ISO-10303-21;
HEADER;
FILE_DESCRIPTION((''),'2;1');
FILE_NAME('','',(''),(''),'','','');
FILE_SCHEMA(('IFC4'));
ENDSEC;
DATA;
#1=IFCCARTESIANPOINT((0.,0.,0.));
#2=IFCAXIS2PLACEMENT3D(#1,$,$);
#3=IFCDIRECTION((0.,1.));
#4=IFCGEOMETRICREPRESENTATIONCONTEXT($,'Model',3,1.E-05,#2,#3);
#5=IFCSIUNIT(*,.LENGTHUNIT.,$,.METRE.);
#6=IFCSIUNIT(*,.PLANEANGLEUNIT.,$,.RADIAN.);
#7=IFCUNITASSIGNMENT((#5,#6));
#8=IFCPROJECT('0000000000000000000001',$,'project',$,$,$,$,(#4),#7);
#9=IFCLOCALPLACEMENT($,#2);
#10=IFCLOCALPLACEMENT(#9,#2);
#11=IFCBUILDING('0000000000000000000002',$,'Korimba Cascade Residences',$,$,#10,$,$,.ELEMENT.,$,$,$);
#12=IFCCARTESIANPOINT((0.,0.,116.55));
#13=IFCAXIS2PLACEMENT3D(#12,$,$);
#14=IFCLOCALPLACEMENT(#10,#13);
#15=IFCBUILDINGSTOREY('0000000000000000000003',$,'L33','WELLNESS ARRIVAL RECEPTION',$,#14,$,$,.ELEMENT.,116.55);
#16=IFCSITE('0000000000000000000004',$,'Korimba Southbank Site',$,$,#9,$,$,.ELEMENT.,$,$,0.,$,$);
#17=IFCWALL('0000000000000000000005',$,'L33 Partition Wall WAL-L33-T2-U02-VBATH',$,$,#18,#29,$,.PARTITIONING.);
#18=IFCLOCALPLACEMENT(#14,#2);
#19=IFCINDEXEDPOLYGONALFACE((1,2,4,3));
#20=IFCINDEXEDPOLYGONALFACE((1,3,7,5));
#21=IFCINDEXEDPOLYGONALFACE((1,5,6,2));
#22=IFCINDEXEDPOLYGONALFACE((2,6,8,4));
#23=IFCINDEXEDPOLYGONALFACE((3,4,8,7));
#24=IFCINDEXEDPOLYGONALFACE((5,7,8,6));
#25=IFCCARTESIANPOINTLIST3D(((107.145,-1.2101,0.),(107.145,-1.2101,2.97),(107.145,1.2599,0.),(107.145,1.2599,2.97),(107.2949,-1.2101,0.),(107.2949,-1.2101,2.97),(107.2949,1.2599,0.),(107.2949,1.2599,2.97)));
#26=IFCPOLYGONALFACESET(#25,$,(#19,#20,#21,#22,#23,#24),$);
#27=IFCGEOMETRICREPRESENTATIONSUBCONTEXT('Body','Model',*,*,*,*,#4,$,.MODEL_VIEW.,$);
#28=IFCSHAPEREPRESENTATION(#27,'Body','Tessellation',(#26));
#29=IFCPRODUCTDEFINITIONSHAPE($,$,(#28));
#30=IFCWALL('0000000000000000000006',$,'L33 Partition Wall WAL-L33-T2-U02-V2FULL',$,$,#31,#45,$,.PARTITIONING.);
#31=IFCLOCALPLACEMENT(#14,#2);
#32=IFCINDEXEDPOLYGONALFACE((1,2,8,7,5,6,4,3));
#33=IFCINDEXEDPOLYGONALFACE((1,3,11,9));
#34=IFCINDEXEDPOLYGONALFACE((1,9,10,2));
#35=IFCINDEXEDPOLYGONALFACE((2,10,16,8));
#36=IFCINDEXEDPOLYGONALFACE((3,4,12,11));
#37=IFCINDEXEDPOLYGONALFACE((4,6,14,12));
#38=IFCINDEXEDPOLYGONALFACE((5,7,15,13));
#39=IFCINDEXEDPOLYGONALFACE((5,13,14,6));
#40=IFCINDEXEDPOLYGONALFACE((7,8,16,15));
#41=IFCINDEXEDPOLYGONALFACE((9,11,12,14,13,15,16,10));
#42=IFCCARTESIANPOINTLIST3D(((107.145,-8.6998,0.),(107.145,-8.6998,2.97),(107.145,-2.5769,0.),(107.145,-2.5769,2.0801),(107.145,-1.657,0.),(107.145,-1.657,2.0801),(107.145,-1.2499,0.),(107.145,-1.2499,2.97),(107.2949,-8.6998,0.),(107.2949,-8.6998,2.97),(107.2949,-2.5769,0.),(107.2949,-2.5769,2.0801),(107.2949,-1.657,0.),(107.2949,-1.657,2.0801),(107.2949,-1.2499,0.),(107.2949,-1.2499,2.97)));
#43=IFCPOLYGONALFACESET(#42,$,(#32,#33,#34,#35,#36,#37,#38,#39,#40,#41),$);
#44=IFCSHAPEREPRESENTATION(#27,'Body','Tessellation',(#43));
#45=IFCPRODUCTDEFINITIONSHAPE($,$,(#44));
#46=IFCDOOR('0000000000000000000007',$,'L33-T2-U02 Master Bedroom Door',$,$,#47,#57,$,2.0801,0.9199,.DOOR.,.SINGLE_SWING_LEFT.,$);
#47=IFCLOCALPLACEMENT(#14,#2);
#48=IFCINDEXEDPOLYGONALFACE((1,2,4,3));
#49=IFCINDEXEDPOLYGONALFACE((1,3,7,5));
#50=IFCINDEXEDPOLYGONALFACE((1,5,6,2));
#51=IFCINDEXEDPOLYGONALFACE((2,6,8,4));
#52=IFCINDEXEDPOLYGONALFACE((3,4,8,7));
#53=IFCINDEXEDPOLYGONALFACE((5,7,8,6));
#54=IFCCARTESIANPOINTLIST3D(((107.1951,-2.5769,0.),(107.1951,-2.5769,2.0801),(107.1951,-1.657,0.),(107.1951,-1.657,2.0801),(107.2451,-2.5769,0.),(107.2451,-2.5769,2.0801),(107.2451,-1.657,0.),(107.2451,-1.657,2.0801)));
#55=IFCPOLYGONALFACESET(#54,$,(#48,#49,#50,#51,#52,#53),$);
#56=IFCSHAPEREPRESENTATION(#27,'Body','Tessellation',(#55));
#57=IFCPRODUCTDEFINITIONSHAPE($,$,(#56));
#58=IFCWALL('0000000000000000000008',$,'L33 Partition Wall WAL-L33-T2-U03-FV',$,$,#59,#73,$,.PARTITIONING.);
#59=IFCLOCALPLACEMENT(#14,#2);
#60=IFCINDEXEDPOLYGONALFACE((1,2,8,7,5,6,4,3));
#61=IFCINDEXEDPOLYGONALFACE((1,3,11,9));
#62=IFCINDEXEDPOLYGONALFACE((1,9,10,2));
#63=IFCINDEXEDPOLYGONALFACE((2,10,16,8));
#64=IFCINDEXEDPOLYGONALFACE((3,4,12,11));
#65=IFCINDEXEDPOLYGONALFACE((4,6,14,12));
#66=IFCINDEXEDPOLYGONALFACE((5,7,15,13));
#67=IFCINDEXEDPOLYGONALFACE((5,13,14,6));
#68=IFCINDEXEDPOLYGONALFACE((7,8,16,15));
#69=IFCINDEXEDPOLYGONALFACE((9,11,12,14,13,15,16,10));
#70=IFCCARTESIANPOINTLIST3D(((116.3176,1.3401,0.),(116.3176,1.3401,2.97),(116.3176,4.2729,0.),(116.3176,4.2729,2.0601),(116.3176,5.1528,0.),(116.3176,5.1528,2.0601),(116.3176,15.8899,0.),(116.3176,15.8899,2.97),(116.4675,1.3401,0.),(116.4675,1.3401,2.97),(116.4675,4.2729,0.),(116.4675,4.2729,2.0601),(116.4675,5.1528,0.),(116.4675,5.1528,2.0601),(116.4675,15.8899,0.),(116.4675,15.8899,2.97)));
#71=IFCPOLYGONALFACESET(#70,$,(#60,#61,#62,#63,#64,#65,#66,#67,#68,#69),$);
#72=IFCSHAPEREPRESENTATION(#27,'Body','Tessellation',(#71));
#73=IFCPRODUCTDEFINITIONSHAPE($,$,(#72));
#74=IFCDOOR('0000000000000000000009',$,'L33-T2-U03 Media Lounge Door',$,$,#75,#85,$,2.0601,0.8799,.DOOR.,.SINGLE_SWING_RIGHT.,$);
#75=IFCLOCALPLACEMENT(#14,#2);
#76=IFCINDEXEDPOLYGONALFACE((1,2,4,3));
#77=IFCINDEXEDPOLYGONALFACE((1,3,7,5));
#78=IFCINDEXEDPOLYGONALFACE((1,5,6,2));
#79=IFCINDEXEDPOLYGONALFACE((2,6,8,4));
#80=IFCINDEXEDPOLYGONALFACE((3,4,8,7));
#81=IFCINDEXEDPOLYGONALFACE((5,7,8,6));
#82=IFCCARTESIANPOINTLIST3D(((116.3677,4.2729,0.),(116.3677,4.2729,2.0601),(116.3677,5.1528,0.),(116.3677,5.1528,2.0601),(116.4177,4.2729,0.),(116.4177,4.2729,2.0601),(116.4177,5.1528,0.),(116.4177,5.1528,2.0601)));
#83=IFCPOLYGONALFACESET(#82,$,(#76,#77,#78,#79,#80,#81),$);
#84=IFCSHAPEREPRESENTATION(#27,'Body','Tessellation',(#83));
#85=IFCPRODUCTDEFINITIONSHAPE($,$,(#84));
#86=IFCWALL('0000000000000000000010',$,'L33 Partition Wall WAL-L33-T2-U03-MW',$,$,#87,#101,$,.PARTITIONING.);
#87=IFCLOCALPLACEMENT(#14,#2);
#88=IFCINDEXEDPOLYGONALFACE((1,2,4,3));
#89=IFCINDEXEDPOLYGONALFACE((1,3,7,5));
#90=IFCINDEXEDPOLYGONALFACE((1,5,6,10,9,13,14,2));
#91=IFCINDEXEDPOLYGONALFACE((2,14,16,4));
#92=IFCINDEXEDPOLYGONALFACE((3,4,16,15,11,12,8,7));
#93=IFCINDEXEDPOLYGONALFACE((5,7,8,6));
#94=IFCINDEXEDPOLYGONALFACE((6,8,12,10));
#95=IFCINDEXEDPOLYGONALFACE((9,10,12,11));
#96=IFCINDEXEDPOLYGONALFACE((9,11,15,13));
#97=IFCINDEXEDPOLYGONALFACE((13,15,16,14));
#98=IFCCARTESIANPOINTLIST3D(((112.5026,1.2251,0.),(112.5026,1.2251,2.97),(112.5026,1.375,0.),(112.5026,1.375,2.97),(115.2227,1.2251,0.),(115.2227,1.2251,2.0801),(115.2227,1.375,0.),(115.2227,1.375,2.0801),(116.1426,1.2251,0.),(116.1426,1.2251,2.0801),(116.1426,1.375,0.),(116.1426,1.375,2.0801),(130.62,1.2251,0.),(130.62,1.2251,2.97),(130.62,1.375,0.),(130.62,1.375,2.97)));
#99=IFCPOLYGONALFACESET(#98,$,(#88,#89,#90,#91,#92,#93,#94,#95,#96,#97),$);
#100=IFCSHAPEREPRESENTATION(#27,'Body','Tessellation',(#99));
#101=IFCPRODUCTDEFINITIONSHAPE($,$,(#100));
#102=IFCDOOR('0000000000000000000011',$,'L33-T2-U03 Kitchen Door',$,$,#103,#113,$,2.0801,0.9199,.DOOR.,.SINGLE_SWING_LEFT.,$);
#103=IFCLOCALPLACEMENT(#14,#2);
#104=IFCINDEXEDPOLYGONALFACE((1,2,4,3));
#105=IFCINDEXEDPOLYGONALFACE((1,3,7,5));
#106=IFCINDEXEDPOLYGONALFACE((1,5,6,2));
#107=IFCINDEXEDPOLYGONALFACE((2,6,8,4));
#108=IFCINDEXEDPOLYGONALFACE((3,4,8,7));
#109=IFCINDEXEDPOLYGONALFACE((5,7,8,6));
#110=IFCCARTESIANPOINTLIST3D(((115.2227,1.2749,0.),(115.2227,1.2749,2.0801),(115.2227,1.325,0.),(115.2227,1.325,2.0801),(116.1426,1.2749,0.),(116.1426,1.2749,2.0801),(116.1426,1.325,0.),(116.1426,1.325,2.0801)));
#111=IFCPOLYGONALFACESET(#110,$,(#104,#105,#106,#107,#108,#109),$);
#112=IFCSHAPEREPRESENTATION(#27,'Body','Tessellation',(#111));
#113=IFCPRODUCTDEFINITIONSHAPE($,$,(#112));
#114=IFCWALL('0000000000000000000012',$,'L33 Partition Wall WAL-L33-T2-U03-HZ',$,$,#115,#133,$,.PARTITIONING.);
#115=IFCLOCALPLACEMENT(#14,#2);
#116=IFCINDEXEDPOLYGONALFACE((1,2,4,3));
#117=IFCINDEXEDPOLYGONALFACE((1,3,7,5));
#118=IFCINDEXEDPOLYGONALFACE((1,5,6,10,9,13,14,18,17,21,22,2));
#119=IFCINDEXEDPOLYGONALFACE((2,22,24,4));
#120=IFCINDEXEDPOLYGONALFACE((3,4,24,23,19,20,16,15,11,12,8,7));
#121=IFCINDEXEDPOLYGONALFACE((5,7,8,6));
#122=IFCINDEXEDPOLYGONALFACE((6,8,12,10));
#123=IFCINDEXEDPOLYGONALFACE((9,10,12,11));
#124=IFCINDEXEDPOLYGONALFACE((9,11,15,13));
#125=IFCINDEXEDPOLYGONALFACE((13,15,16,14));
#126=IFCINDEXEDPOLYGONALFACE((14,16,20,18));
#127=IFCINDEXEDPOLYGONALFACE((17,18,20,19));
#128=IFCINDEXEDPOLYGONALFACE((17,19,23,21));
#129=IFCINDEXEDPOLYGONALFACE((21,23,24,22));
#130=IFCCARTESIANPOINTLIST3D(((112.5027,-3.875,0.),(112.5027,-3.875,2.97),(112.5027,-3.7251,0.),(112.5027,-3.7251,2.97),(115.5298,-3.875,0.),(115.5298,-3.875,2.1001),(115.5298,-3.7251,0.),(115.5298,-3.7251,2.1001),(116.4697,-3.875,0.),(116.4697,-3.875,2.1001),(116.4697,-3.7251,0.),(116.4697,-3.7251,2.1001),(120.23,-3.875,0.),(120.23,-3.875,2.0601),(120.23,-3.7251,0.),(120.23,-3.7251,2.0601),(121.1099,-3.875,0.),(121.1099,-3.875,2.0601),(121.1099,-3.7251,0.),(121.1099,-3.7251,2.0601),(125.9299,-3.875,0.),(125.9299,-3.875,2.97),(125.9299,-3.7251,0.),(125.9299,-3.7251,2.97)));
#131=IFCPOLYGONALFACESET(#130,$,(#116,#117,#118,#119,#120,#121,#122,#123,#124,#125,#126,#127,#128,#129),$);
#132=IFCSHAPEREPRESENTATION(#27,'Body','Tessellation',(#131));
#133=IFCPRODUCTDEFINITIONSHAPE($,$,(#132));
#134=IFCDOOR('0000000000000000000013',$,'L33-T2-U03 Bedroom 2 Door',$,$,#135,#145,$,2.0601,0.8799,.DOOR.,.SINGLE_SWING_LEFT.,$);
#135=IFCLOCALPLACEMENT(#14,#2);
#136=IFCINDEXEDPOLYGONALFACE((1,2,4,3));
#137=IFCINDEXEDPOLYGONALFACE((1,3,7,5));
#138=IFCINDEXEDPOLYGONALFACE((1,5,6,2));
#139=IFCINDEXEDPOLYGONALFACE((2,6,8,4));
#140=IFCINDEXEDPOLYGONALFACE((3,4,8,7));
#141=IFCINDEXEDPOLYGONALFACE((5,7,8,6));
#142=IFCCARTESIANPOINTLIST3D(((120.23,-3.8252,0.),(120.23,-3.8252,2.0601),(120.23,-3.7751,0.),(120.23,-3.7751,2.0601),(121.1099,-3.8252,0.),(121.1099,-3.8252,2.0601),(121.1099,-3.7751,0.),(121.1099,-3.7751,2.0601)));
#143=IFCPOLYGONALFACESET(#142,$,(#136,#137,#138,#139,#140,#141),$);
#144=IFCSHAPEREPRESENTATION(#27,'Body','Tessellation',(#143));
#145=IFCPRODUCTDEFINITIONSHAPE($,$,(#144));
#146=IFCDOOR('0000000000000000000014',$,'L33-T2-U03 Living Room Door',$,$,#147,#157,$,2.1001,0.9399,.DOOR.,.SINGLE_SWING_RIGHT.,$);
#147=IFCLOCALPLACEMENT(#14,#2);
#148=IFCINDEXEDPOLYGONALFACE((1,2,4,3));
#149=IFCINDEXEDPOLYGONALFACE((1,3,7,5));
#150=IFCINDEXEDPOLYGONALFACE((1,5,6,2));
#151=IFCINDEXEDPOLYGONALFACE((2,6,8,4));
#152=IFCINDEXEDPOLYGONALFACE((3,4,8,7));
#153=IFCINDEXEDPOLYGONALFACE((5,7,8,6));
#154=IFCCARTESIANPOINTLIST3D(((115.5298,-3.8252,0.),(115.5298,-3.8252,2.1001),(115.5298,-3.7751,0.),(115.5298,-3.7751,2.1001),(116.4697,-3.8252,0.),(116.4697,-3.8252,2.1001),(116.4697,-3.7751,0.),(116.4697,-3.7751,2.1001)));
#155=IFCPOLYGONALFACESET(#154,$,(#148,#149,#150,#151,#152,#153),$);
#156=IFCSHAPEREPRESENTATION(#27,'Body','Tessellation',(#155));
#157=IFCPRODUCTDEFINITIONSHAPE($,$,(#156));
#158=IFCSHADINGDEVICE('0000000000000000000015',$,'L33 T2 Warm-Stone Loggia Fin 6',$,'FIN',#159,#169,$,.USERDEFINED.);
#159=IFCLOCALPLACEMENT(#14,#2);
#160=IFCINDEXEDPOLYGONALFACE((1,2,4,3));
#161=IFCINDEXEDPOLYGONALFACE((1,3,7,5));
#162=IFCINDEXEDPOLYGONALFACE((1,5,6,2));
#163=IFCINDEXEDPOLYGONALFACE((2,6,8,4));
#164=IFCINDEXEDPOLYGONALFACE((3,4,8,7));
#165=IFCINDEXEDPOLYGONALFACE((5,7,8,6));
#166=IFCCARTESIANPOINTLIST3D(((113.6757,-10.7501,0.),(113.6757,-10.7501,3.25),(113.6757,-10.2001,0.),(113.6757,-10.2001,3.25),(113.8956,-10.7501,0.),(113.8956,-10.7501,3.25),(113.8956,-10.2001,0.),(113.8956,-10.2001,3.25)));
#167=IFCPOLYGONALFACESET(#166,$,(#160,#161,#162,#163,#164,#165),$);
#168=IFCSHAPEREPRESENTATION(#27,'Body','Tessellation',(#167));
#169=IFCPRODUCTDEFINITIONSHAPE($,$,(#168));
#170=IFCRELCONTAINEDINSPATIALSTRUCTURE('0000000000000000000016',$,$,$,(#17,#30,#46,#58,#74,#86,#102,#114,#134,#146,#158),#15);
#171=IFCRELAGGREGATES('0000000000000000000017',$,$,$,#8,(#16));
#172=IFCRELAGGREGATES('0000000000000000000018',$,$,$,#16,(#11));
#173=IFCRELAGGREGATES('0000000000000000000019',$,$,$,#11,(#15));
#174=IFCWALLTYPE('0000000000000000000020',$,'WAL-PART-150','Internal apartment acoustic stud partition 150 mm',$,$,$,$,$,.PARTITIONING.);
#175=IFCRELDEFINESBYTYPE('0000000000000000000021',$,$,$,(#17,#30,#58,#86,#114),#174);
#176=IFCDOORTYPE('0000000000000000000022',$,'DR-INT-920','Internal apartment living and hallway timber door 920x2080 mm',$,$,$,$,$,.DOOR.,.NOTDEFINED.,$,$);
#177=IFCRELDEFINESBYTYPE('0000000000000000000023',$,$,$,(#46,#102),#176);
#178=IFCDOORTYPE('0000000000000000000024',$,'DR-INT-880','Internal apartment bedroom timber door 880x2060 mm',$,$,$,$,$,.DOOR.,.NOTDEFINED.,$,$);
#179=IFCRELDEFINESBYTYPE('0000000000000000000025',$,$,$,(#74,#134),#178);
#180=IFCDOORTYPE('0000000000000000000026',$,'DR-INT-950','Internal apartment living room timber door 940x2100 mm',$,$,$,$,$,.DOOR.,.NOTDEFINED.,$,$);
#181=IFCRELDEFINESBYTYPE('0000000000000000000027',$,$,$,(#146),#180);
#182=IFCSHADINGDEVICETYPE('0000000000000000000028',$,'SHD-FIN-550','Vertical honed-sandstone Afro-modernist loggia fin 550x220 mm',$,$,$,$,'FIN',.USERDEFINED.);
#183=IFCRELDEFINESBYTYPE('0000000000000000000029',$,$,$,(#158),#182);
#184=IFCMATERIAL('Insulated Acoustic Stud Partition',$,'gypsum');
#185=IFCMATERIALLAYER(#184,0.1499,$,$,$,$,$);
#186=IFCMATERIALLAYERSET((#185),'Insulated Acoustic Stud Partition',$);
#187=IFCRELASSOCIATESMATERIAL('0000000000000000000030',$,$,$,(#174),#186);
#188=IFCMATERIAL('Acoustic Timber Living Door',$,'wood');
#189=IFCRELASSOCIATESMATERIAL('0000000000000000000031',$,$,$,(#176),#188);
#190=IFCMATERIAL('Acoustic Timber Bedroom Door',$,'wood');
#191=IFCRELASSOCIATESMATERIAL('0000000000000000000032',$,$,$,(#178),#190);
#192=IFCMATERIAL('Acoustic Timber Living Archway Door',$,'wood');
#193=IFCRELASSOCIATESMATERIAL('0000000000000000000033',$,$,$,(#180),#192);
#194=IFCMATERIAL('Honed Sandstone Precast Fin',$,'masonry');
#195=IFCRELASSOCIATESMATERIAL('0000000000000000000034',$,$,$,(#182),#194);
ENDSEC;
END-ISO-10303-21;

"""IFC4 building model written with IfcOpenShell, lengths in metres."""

from ifc_helpers import new_model, si_unit, direction, frame, frame_2d, origin, origin_2d, place, context, subcontext, project, spatial, rectangle, extrude, material, layer, layer_set, type_object, element, fill, save


model = new_model("IFC4")

# Units and contexts
model_context = context("Model", 3, precision=1e-05, world=origin(), true_north=direction((0.0, 1.0)))
body_context = subcontext(model_context, "Body", "Model", "MODEL_VIEW")
ifc_project = project(units=[si_unit("LENGTHUNIT", "METRE"), si_unit("PLANEANGLEUNIT", "RADIAN")], contexts=[model_context])

# Site, building, storey
site_placement = place(None, origin())
site = spatial("IfcSite", under=ifc_project, at=site_placement, Name="Korimba Southbank Site", CompositionType="ELEMENT", RefElevation=0.0)
building_placement = place(site_placement, origin())
building = spatial("IfcBuilding", under=site, at=building_placement, Name="Korimba Cascade Residences", CompositionType="ELEMENT")
storey_placement = place(building_placement, frame((0.0, 0.0, 116.55)))
storey = spatial("IfcBuildingStorey", under=building, at=storey_placement, Name="L33", Description="WELLNESS ARRIVAL RECEPTION", CompositionType="ELEMENT", Elevation=116.55)

# Wall
ifc_material_1 = material(Name="Insulated Acoustic Stud Partition", Category="gypsum")
ifc_layer_1 = layer(ifc_material_1, 0.1499)
ifc_layer_set_1 = layer_set([ifc_layer_1], Name="Insulated Acoustic Stud Partition")
wall_type_1 = type_object("IfcWallType", Name="WAL-PART-150", Description="Internal apartment acoustic stud partition 150 mm", PredefinedType="PARTITIONING", material=ifc_layer_set_1)
wall_1_placement = place(storey_placement, frame((107.22, -1.21, 0.0), z_axis=(0.0, 0.0, 1.0), x_axis=(0.0, 1.0, 0.0)))
element("IfcWall", 1, at=wall_1_placement, inside=storey, type_object=wall_type_1, Name="L33 Partition Wall WAL-L33-T2-U02-VBATH", PredefinedType="PARTITIONING", context=body_context, shape_type="SweptSolid", body=[
    extrude(rectangle(XDim=2.47, YDim=0.1499, at=frame_2d((1.2349, 0.0))), origin(), (0.0, 0.0, 1.0), 2.97),
])

# Walls, openings, doors
wall_2_placement = place(storey_placement, frame((107.22, -8.7, 0.0), z_axis=(0.0, 0.0, 1.0), x_axis=(0.0, 1.0, 0.0)))
wall_2 = element("IfcWall", 2, at=wall_2_placement, inside=storey, type_object=wall_type_1, Name="L33 Partition Wall WAL-L33-T2-U02-V2FULL", PredefinedType="PARTITIONING", context=body_context, shape_type="SweptSolid", body=[
    extrude(rectangle(XDim=7.45, YDim=0.1499, at=frame_2d((3.7251, 0.0))), origin(), (0.0, 0.0, 1.0), 2.97),
])
opening_1_placement = place(wall_2_placement, frame((6.123, 0.0, 0.0)))
opening_1 = element("IfcOpeningElement", 3, at=opening_1_placement, cuts=wall_2, PredefinedType="OPENING", context=body_context, shape_type="SweptSolid", body=[
    extrude(rectangle(XDim=0.9199, YDim=2.0801, at=frame_2d((0.46, 1.04))), frame((0.0, 0.085, 0.0), z_axis=(0.0, -1.0, 0.0), x_axis=(1.0, 0.0, 0.0)), (0.0, 0.0, 1.0), 0.1699),
])
ifc_material_2 = material(Name="Acoustic Timber Living Door", Category="wood")
door_type_1 = type_object("IfcDoorType", Name="DR-INT-920", Description="Internal apartment living and hallway timber door 920x2080 mm", OperationType="NOTDEFINED", PredefinedType="DOOR", material=ifc_material_2)
door_1_placement = place(opening_1_placement, origin())
door_1 = element("IfcDoor", 4, at=door_1_placement, inside=storey, type_object=door_type_1, Name="L33-T2-U02 Master Bedroom Door", OperationType="SINGLE_SWING_LEFT", OverallHeight=2.0801, OverallWidth=0.9199, PredefinedType="DOOR", context=body_context, shape_type="SweptSolid", body=[
    extrude(rectangle(XDim=0.9199, YDim=2.0801, at=frame_2d((0.46, 1.04))), frame((0.0, 0.0249, 0.0), z_axis=(0.0, -1.0, 0.0), x_axis=(1.0, 0.0, 0.0)), (0.0, 0.0, 1.0), 0.05),
])
fill(opening_1, door_1)
wall_3_placement = place(storey_placement, frame((116.3926, 1.3401, 0.0), z_axis=(0.0, 0.0, 1.0), x_axis=(0.0, 1.0, 0.0)))
wall_3 = element("IfcWall", 5, at=wall_3_placement, inside=storey, type_object=wall_type_1, Name="L33 Partition Wall WAL-L33-T2-U03-FV", PredefinedType="PARTITIONING", context=body_context, shape_type="SweptSolid", body=[
    extrude(rectangle(XDim=14.5498, YDim=0.1499, at=frame_2d((7.2749, 0.0))), origin(), (0.0, 0.0, 1.0), 2.97),
])
opening_2_placement = place(wall_3_placement, frame((2.9329, 0.0, 0.0)))
opening_2 = element("IfcOpeningElement", 6, at=opening_2_placement, cuts=wall_3, PredefinedType="OPENING", context=body_context, shape_type="SweptSolid", body=[
    extrude(rectangle(XDim=0.8799, YDim=2.0601, at=frame_2d((0.4399, 1.03))), frame((0.0, 0.085, 0.0), z_axis=(0.0, -1.0, 0.0), x_axis=(1.0, 0.0, 0.0)), (0.0, 0.0, 1.0), 0.1699),
])
ifc_material_3 = material(Name="Acoustic Timber Bedroom Door", Category="wood")
door_type_2 = type_object("IfcDoorType", Name="DR-INT-880", Description="Internal apartment bedroom timber door 880x2060 mm", OperationType="NOTDEFINED", PredefinedType="DOOR", material=ifc_material_3)
door_2_placement = place(opening_2_placement, origin())
door_2 = element("IfcDoor", 7, at=door_2_placement, inside=storey, type_object=door_type_2, Name="L33-T2-U03 Media Lounge Door", OperationType="SINGLE_SWING_RIGHT", OverallHeight=2.0601, OverallWidth=0.8799, PredefinedType="DOOR", context=body_context, shape_type="SweptSolid", body=[
    extrude(rectangle(XDim=0.8799, YDim=2.0601, at=frame_2d((0.4399, 1.03))), frame((0.0, 0.0249, 0.0), z_axis=(0.0, -1.0, 0.0), x_axis=(1.0, 0.0, 0.0)), (0.0, 0.0, 1.0), 0.05),
])
fill(opening_2, door_2)
wall_4_placement = place(storey_placement, frame((112.5027, 1.3, 0.0), z_axis=(0.0, 0.0, 1.0), x_axis=(1.0, 0.0, 0.0)))
wall_4 = element("IfcWall", 8, at=wall_4_placement, inside=storey, type_object=wall_type_1, Name="L33 Partition Wall WAL-L33-T2-U03-MW", PredefinedType="PARTITIONING", context=body_context, shape_type="SweptSolid", body=[
    extrude(rectangle(XDim=18.1174, YDim=0.1499, at=frame_2d((9.0586, 0.0))), origin(), (0.0, 0.0, 1.0), 2.97),
])
opening_3_placement = place(wall_4_placement, frame((2.72, 0.0, 0.0)))
opening_3 = element("IfcOpeningElement", 9, at=opening_3_placement, cuts=wall_4, PredefinedType="OPENING", context=body_context, shape_type="SweptSolid", body=[
    extrude(rectangle(XDim=0.9199, YDim=2.0801, at=frame_2d((0.46, 1.04))), frame((0.0, 0.085, 0.0), z_axis=(0.0, -1.0, 0.0), x_axis=(1.0, 0.0, 0.0)), (0.0, 0.0, 1.0), 0.1699),
])
door_3_placement = place(opening_3_placement, origin())
door_3 = element("IfcDoor", 10, at=door_3_placement, inside=storey, type_object=door_type_1, Name="L33-T2-U03 Kitchen Door", OperationType="SINGLE_SWING_LEFT", OverallHeight=2.0801, OverallWidth=0.9199, PredefinedType="DOOR", context=body_context, shape_type="SweptSolid", body=[
    extrude(rectangle(XDim=0.9199, YDim=2.0801, at=frame_2d((0.46, 1.04))), frame((0.0, 0.0249, 0.0), z_axis=(0.0, -1.0, 0.0), x_axis=(1.0, 0.0, 0.0)), (0.0, 0.0, 1.0), 0.05),
])
fill(opening_3, door_3)

# Wall, openings, doors
wall_5_placement = place(storey_placement, frame((112.5027, -3.8, 0.0), z_axis=(0.0, 0.0, 1.0), x_axis=(1.0, 0.0, 0.0)))
wall_5 = element("IfcWall", 11, at=wall_5_placement, inside=storey, type_object=wall_type_1, Name="L33 Partition Wall WAL-L33-T2-U03-HZ", PredefinedType="PARTITIONING", context=body_context, shape_type="SweptSolid", body=[
    extrude(rectangle(XDim=13.4272, YDim=0.1499, at=frame_2d((6.7136, 0.0))), origin(), (0.0, 0.0, 1.0), 2.97),
])
opening_4_placement = place(wall_5_placement, frame((3.0271, 0.0, 0.0)))
opening_4 = element("IfcOpeningElement", 12, at=opening_4_placement, cuts=wall_5, PredefinedType="OPENING", context=body_context, shape_type="SweptSolid", body=[
    extrude(rectangle(XDim=0.9399, YDim=2.1001, at=frame_2d((0.47, 1.05))), frame((0.0, 0.085, 0.0), z_axis=(0.0, -1.0, 0.0), x_axis=(1.0, 0.0, 0.0)), (0.0, 0.0, 1.0), 0.1699),
])
opening_5_placement = place(wall_5_placement, frame((7.7273, 0.0, 0.0)))
opening_5 = element("IfcOpeningElement", 13, at=opening_5_placement, cuts=wall_5, PredefinedType="OPENING", context=body_context, shape_type="SweptSolid", body=[
    extrude(rectangle(XDim=0.8799, YDim=2.0601, at=frame_2d((0.4399, 1.03))), frame((0.0, 0.085, 0.0), z_axis=(0.0, -1.0, 0.0), x_axis=(1.0, 0.0, 0.0)), (0.0, 0.0, 1.0), 0.1699),
])
door_4_placement = place(opening_5_placement, origin())
door_4 = element("IfcDoor", 14, at=door_4_placement, inside=storey, type_object=door_type_2, Name="L33-T2-U03 Bedroom 2 Door", OperationType="SINGLE_SWING_LEFT", OverallHeight=2.0601, OverallWidth=0.8799, PredefinedType="DOOR", context=body_context, shape_type="SweptSolid", body=[
    extrude(rectangle(XDim=0.8799, YDim=2.0601, at=frame_2d((0.4399, 1.03))), frame((0.0, 0.0249, 0.0), z_axis=(0.0, -1.0, 0.0), x_axis=(1.0, 0.0, 0.0)), (0.0, 0.0, 1.0), 0.05),
])
fill(opening_5, door_4)
ifc_material_4 = material(Name="Acoustic Timber Living Archway Door", Category="wood")
door_type_3 = type_object("IfcDoorType", Name="DR-INT-950", Description="Internal apartment living room timber door 940x2100 mm", OperationType="NOTDEFINED", PredefinedType="DOOR", material=ifc_material_4)
door_5_placement = place(opening_4_placement, origin())
door_5 = element("IfcDoor", 15, at=door_5_placement, inside=storey, type_object=door_type_3, Name="L33-T2-U03 Living Room Door", OperationType="SINGLE_SWING_RIGHT", OverallHeight=2.1001, OverallWidth=0.9399, PredefinedType="DOOR", context=body_context, shape_type="SweptSolid", body=[
    extrude(rectangle(XDim=0.9399, YDim=2.1001, at=frame_2d((0.47, 1.05))), frame((0.0, 0.0249, 0.0), z_axis=(0.0, -1.0, 0.0), x_axis=(1.0, 0.0, 0.0)), (0.0, 0.0, 1.0), 0.05),
])
fill(opening_4, door_5)

# Shading device
ifc_material_5 = material(Name="Honed Sandstone Precast Fin", Category="masonry")
shading_device_type = type_object("IfcShadingDeviceType", Name="SHD-FIN-550", Description="Vertical honed-sandstone Afro-modernist loggia fin 550x220 mm", ElementType="FIN", PredefinedType="USERDEFINED", material=ifc_material_5)
shading_device_placement = place(storey_placement, frame((113.7856, -10.4751, 0.0), z_axis=(0.0, 0.0, 1.0), x_axis=(1.0, 0.0, 0.0)))
element("IfcShadingDevice", 16, at=shading_device_placement, inside=storey, type_object=shading_device_type, Name="L33 T2 Warm-Stone Loggia Fin 6", ObjectType="FIN", PredefinedType="USERDEFINED", context=body_context, shape_type="SweptSolid", body=[
    extrude(rectangle(XDim=0.22, YDim=0.55, at=origin_2d()), origin(), (0.0, 0.0, 1.0), 3.25),
])

save(model, "model.ifc")
